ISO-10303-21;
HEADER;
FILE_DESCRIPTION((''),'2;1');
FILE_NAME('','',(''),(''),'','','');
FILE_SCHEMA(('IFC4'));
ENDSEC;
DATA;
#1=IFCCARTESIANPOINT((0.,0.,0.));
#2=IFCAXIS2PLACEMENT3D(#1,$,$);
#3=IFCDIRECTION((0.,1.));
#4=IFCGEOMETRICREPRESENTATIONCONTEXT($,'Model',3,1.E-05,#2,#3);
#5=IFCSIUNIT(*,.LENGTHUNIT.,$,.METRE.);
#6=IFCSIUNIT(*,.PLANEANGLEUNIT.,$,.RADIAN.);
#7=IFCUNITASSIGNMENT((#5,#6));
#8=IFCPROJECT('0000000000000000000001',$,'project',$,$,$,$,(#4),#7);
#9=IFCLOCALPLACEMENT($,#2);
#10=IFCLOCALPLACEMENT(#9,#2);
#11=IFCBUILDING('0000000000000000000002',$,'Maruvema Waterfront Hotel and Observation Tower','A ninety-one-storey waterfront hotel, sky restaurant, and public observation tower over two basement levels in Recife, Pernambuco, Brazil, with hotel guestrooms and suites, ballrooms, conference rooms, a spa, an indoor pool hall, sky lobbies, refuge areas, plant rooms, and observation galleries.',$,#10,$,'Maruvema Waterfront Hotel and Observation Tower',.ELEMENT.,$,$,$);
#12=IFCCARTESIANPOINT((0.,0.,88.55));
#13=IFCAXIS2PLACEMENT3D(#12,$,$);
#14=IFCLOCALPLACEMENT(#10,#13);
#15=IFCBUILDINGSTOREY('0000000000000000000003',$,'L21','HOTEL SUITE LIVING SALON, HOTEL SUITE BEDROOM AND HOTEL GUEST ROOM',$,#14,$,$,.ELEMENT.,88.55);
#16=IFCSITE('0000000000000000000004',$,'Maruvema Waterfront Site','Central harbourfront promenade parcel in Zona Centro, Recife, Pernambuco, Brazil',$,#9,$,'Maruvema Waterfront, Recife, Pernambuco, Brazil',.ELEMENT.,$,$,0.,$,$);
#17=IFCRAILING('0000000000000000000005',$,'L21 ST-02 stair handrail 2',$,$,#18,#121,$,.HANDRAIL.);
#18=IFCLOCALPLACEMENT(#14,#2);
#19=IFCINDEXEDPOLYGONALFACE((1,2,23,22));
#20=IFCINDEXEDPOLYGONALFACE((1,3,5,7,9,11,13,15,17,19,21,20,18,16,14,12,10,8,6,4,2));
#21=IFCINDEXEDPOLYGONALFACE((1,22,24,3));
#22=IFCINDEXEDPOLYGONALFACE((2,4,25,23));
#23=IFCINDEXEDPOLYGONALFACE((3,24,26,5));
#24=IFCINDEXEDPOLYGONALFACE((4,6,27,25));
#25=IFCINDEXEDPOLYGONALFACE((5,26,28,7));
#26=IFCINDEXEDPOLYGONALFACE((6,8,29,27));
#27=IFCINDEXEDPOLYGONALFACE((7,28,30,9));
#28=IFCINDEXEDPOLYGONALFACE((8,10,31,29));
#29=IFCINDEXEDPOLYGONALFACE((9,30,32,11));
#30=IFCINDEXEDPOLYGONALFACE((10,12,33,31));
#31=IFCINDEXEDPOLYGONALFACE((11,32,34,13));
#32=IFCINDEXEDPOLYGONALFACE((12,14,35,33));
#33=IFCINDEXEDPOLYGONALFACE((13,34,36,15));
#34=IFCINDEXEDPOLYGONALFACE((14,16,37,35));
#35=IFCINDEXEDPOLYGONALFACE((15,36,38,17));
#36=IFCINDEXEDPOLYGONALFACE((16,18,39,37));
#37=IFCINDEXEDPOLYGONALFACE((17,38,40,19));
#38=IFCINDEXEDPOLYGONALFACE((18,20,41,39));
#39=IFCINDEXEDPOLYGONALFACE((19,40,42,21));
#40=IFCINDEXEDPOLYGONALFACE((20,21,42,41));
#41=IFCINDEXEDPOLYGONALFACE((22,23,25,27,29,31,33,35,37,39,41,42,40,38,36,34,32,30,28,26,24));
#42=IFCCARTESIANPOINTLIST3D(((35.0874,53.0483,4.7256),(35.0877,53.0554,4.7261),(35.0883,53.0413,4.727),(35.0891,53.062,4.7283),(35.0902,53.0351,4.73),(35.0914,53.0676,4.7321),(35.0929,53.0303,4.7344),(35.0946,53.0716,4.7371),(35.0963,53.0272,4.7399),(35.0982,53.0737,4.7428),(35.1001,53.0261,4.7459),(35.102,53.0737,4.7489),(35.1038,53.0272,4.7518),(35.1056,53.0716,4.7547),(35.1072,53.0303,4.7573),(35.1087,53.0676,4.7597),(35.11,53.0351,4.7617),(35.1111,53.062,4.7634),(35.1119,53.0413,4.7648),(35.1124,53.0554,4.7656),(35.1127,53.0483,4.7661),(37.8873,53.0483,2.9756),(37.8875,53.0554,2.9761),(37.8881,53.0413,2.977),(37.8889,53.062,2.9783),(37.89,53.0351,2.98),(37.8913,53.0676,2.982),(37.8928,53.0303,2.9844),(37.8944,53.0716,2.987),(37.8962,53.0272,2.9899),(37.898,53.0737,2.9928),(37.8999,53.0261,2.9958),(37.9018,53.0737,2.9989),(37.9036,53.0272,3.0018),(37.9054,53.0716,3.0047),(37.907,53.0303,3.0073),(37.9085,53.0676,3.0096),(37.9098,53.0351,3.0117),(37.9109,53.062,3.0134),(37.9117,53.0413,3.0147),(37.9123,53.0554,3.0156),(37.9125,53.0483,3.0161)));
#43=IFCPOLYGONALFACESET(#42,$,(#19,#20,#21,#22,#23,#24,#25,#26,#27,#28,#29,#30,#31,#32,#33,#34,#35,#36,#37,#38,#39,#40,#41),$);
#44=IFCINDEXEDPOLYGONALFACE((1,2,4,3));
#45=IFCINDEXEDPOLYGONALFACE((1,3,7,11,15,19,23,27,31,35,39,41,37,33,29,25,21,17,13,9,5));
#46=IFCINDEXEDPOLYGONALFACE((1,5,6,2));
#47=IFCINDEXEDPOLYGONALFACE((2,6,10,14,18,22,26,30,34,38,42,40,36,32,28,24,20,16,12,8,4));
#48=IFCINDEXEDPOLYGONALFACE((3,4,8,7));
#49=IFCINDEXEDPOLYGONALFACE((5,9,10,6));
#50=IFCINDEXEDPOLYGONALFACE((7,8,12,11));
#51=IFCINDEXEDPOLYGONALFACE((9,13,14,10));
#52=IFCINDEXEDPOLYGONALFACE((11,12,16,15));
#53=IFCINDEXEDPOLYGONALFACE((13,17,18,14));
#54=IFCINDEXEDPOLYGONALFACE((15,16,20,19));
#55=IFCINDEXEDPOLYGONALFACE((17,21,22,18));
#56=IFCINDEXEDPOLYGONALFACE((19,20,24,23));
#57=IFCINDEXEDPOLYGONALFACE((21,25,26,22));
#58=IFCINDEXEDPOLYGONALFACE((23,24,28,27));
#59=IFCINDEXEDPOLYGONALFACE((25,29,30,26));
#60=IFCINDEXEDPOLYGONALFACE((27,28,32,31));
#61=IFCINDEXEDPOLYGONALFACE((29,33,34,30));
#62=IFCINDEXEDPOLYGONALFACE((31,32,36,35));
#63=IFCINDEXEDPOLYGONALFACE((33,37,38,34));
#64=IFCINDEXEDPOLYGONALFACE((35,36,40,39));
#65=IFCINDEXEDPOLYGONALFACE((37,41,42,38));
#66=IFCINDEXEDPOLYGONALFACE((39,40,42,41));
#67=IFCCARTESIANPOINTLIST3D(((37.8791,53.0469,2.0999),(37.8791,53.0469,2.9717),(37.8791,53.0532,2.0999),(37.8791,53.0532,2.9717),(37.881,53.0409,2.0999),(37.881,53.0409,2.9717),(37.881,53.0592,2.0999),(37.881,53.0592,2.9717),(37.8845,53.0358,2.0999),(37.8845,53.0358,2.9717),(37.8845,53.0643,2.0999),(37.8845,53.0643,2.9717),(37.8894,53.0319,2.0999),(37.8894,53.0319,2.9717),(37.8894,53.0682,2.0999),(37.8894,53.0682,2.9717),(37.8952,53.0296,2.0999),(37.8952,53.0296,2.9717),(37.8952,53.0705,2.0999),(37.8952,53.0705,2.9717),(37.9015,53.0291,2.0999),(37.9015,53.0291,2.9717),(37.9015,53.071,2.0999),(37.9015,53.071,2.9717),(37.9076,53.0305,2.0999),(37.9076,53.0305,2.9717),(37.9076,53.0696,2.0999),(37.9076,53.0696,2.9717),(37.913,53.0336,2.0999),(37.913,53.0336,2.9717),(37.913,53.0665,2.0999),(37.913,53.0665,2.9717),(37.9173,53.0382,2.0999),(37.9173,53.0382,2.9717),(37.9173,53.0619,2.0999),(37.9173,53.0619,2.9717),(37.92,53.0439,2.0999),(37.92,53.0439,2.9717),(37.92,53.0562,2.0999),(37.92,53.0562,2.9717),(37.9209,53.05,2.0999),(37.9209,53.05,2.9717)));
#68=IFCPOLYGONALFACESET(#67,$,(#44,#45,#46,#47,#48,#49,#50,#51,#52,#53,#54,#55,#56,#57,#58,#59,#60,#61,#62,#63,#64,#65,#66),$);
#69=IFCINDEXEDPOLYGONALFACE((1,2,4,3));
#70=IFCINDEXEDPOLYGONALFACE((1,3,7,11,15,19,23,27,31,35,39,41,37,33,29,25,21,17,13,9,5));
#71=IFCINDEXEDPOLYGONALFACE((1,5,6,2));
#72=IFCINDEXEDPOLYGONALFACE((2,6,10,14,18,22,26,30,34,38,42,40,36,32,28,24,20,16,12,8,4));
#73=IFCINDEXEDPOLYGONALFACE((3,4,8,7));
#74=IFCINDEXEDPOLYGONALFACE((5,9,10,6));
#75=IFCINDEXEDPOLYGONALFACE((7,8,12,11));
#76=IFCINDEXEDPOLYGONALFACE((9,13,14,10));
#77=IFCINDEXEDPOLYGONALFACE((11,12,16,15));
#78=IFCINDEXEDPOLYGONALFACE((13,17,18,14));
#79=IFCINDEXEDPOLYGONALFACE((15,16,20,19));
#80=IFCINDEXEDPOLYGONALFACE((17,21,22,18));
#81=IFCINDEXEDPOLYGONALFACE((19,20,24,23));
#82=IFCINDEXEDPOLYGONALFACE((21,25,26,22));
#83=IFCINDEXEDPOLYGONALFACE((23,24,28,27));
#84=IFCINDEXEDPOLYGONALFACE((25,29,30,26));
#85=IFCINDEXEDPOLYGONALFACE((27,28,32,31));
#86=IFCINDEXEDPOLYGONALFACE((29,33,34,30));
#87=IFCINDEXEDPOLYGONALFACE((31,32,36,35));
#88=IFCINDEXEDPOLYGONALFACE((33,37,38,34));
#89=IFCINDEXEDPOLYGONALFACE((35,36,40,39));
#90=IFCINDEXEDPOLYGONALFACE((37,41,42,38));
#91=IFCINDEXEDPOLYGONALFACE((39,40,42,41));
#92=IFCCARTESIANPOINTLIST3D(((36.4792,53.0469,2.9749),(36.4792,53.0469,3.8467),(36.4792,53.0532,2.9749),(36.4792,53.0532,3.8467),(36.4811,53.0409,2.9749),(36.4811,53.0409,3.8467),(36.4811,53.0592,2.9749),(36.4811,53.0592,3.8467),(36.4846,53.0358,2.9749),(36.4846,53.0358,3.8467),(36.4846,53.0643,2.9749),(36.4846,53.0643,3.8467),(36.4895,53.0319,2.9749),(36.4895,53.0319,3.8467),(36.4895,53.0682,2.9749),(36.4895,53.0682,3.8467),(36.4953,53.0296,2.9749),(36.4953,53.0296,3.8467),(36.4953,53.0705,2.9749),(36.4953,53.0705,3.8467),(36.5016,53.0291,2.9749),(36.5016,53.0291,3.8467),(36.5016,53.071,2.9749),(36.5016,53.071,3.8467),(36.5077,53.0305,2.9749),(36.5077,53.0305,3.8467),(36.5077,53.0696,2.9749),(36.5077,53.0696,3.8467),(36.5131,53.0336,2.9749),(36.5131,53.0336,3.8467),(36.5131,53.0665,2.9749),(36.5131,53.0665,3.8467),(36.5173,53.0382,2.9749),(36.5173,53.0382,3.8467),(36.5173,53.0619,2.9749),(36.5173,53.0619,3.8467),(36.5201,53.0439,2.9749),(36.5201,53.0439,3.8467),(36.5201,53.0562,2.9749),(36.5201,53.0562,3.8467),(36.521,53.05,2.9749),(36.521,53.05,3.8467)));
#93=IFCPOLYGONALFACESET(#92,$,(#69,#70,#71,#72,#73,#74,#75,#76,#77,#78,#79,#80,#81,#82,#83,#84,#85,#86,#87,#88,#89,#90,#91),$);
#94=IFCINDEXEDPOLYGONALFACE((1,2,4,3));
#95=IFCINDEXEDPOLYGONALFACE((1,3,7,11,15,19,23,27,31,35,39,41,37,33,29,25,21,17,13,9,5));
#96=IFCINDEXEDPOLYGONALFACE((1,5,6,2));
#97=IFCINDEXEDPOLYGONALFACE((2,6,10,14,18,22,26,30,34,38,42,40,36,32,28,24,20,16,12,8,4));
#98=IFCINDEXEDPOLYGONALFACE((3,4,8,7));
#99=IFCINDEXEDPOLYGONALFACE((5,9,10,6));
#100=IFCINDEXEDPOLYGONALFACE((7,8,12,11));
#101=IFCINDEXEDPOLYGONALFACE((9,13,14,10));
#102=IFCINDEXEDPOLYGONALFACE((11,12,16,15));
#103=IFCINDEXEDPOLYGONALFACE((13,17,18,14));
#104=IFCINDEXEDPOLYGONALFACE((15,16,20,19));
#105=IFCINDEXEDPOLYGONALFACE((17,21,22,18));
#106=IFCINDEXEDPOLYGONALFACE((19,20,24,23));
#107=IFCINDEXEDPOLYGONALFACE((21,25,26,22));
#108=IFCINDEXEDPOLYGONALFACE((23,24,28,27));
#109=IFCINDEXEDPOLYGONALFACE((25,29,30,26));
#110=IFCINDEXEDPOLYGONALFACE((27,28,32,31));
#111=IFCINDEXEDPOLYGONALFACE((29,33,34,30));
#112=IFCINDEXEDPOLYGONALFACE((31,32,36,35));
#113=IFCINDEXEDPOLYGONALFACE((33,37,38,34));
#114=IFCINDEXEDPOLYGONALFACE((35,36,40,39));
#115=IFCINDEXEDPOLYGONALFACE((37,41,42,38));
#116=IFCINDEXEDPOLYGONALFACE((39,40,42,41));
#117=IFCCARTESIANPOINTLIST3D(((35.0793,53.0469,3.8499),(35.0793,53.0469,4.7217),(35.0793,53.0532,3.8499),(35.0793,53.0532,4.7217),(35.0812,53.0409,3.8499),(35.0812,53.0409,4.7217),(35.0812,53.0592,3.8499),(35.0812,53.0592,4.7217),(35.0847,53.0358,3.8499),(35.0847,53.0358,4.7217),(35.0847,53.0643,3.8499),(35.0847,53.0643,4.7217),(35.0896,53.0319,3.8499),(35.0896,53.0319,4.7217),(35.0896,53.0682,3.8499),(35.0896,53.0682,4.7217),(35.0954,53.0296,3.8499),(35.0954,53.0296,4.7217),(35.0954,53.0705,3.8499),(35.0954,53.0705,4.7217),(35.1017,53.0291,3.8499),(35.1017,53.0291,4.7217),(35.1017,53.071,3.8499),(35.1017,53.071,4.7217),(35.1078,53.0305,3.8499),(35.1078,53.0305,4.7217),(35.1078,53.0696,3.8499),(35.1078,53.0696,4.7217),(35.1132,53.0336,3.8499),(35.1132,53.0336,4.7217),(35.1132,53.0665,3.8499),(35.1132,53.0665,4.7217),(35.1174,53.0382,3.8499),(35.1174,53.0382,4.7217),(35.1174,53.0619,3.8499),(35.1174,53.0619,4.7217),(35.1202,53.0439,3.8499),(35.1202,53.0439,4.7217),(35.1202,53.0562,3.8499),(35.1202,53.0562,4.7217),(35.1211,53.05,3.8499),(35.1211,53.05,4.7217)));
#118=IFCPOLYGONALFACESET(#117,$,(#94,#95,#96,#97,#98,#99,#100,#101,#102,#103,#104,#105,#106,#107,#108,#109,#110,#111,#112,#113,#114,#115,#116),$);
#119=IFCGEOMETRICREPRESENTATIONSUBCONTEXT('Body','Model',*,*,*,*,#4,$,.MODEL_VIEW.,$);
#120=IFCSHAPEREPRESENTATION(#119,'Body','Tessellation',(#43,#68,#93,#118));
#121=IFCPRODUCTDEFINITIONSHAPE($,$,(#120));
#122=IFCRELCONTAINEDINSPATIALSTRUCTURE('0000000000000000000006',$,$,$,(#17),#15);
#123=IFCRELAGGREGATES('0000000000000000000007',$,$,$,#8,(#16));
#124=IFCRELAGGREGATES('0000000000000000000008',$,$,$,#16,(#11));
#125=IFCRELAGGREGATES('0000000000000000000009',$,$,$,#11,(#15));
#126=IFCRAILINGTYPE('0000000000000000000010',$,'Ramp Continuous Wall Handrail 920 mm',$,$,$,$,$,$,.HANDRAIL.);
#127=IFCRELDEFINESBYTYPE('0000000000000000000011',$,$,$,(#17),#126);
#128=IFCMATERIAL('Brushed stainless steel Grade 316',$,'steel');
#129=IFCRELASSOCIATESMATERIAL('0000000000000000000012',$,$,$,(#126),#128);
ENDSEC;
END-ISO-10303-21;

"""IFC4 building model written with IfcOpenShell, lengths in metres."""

from ifc_helpers import new_model, si_unit, direction, frame, origin, origin_2d, place, context, subcontext, project, spatial, circle, extrude, material, type_object, element, save


model = new_model("IFC4")

# Units and contexts
model_context = context("Model", 3, precision=1e-05, world=origin(), true_north=direction((0.0, 1.0)))
body_context = subcontext(model_context, "Body", "Model", "MODEL_VIEW")
ifc_project = project(units=[si_unit("LENGTHUNIT", "METRE"), si_unit("PLANEANGLEUNIT", "RADIAN")], contexts=[model_context])

# Site, building, storey
site_placement = place(None, origin())
site = spatial("IfcSite", under=ifc_project, at=site_placement, Name="Maruvema Waterfront Site", Description="Central harbourfront promenade parcel in Zona Centro, Recife, Pernambuco, Brazil", LongName="Maruvema Waterfront, Recife, Pernambuco, Brazil", CompositionType="ELEMENT", RefElevation=0.0)
building_placement = place(site_placement, origin())
building = spatial("IfcBuilding", under=site, at=building_placement, Name="Maruvema Waterfront Hotel and Observation Tower", Description="A ninety-one-storey waterfront hotel, sky restaurant, and public observation tower over two basement levels in Recife, Pernambuco, Brazil, with hotel guestrooms and suites, ballrooms, conference rooms, a spa, an indoor pool hall, sky lobbies, refuge areas, plant rooms, and observation galleries.", LongName="Maruvema Waterfront Hotel and Observation Tower", CompositionType="ELEMENT")
storey_placement = place(building_placement, frame((0.0, 0.0, 88.55)))
storey = spatial("IfcBuildingStorey", under=building, at=storey_placement, Name="L21", Description="HOTEL SUITE LIVING SALON, HOTEL SUITE BEDROOM AND HOTEL GUEST ROOM", CompositionType="ELEMENT", Elevation=88.55)

# Railing
ifc_material_1 = material(Name="Brushed stainless steel Grade 316", Category="steel")
railing_type_1 = type_object("IfcRailingType", Name="Ramp Continuous Wall Handrail 920 mm", PredefinedType="HANDRAIL", material=ifc_material_1)
railing_1_placement = place(storey_placement, frame((37.8999, 53.05, 2.0999)))
element("IfcRailing", 1, at=railing_1_placement, inside=storey, type_object=railing_type_1, Name="L21 ST-02 stair handrail 2", PredefinedType="HANDRAIL", context=body_context, shape_type="SweptSolid", body=[
    extrude(circle(Radius=0.0239, at=origin_2d()), frame((0.0, 0.0, 0.896), z_axis=(-0.847982, 0.0, 0.530026), x_axis=(0.0, -1.0, 0.0)), (0.0, 0.0, 1.0), 3.3018),
    extrude(circle(Radius=0.021, at=origin_2d()), origin(), (0.0, 0.0, 1.0), 0.8718),
    extrude(circle(Radius=0.021, at=origin_2d()), frame((-1.3999, 0.0, 0.875)), (0.0, 0.0, 1.0), 0.8718),
    extrude(circle(Radius=0.021, at=origin_2d()), frame((-2.7998, 0.0, 1.75)), (0.0, 0.0, 1.0), 0.8718),
])

save(model, "model.ifc")
